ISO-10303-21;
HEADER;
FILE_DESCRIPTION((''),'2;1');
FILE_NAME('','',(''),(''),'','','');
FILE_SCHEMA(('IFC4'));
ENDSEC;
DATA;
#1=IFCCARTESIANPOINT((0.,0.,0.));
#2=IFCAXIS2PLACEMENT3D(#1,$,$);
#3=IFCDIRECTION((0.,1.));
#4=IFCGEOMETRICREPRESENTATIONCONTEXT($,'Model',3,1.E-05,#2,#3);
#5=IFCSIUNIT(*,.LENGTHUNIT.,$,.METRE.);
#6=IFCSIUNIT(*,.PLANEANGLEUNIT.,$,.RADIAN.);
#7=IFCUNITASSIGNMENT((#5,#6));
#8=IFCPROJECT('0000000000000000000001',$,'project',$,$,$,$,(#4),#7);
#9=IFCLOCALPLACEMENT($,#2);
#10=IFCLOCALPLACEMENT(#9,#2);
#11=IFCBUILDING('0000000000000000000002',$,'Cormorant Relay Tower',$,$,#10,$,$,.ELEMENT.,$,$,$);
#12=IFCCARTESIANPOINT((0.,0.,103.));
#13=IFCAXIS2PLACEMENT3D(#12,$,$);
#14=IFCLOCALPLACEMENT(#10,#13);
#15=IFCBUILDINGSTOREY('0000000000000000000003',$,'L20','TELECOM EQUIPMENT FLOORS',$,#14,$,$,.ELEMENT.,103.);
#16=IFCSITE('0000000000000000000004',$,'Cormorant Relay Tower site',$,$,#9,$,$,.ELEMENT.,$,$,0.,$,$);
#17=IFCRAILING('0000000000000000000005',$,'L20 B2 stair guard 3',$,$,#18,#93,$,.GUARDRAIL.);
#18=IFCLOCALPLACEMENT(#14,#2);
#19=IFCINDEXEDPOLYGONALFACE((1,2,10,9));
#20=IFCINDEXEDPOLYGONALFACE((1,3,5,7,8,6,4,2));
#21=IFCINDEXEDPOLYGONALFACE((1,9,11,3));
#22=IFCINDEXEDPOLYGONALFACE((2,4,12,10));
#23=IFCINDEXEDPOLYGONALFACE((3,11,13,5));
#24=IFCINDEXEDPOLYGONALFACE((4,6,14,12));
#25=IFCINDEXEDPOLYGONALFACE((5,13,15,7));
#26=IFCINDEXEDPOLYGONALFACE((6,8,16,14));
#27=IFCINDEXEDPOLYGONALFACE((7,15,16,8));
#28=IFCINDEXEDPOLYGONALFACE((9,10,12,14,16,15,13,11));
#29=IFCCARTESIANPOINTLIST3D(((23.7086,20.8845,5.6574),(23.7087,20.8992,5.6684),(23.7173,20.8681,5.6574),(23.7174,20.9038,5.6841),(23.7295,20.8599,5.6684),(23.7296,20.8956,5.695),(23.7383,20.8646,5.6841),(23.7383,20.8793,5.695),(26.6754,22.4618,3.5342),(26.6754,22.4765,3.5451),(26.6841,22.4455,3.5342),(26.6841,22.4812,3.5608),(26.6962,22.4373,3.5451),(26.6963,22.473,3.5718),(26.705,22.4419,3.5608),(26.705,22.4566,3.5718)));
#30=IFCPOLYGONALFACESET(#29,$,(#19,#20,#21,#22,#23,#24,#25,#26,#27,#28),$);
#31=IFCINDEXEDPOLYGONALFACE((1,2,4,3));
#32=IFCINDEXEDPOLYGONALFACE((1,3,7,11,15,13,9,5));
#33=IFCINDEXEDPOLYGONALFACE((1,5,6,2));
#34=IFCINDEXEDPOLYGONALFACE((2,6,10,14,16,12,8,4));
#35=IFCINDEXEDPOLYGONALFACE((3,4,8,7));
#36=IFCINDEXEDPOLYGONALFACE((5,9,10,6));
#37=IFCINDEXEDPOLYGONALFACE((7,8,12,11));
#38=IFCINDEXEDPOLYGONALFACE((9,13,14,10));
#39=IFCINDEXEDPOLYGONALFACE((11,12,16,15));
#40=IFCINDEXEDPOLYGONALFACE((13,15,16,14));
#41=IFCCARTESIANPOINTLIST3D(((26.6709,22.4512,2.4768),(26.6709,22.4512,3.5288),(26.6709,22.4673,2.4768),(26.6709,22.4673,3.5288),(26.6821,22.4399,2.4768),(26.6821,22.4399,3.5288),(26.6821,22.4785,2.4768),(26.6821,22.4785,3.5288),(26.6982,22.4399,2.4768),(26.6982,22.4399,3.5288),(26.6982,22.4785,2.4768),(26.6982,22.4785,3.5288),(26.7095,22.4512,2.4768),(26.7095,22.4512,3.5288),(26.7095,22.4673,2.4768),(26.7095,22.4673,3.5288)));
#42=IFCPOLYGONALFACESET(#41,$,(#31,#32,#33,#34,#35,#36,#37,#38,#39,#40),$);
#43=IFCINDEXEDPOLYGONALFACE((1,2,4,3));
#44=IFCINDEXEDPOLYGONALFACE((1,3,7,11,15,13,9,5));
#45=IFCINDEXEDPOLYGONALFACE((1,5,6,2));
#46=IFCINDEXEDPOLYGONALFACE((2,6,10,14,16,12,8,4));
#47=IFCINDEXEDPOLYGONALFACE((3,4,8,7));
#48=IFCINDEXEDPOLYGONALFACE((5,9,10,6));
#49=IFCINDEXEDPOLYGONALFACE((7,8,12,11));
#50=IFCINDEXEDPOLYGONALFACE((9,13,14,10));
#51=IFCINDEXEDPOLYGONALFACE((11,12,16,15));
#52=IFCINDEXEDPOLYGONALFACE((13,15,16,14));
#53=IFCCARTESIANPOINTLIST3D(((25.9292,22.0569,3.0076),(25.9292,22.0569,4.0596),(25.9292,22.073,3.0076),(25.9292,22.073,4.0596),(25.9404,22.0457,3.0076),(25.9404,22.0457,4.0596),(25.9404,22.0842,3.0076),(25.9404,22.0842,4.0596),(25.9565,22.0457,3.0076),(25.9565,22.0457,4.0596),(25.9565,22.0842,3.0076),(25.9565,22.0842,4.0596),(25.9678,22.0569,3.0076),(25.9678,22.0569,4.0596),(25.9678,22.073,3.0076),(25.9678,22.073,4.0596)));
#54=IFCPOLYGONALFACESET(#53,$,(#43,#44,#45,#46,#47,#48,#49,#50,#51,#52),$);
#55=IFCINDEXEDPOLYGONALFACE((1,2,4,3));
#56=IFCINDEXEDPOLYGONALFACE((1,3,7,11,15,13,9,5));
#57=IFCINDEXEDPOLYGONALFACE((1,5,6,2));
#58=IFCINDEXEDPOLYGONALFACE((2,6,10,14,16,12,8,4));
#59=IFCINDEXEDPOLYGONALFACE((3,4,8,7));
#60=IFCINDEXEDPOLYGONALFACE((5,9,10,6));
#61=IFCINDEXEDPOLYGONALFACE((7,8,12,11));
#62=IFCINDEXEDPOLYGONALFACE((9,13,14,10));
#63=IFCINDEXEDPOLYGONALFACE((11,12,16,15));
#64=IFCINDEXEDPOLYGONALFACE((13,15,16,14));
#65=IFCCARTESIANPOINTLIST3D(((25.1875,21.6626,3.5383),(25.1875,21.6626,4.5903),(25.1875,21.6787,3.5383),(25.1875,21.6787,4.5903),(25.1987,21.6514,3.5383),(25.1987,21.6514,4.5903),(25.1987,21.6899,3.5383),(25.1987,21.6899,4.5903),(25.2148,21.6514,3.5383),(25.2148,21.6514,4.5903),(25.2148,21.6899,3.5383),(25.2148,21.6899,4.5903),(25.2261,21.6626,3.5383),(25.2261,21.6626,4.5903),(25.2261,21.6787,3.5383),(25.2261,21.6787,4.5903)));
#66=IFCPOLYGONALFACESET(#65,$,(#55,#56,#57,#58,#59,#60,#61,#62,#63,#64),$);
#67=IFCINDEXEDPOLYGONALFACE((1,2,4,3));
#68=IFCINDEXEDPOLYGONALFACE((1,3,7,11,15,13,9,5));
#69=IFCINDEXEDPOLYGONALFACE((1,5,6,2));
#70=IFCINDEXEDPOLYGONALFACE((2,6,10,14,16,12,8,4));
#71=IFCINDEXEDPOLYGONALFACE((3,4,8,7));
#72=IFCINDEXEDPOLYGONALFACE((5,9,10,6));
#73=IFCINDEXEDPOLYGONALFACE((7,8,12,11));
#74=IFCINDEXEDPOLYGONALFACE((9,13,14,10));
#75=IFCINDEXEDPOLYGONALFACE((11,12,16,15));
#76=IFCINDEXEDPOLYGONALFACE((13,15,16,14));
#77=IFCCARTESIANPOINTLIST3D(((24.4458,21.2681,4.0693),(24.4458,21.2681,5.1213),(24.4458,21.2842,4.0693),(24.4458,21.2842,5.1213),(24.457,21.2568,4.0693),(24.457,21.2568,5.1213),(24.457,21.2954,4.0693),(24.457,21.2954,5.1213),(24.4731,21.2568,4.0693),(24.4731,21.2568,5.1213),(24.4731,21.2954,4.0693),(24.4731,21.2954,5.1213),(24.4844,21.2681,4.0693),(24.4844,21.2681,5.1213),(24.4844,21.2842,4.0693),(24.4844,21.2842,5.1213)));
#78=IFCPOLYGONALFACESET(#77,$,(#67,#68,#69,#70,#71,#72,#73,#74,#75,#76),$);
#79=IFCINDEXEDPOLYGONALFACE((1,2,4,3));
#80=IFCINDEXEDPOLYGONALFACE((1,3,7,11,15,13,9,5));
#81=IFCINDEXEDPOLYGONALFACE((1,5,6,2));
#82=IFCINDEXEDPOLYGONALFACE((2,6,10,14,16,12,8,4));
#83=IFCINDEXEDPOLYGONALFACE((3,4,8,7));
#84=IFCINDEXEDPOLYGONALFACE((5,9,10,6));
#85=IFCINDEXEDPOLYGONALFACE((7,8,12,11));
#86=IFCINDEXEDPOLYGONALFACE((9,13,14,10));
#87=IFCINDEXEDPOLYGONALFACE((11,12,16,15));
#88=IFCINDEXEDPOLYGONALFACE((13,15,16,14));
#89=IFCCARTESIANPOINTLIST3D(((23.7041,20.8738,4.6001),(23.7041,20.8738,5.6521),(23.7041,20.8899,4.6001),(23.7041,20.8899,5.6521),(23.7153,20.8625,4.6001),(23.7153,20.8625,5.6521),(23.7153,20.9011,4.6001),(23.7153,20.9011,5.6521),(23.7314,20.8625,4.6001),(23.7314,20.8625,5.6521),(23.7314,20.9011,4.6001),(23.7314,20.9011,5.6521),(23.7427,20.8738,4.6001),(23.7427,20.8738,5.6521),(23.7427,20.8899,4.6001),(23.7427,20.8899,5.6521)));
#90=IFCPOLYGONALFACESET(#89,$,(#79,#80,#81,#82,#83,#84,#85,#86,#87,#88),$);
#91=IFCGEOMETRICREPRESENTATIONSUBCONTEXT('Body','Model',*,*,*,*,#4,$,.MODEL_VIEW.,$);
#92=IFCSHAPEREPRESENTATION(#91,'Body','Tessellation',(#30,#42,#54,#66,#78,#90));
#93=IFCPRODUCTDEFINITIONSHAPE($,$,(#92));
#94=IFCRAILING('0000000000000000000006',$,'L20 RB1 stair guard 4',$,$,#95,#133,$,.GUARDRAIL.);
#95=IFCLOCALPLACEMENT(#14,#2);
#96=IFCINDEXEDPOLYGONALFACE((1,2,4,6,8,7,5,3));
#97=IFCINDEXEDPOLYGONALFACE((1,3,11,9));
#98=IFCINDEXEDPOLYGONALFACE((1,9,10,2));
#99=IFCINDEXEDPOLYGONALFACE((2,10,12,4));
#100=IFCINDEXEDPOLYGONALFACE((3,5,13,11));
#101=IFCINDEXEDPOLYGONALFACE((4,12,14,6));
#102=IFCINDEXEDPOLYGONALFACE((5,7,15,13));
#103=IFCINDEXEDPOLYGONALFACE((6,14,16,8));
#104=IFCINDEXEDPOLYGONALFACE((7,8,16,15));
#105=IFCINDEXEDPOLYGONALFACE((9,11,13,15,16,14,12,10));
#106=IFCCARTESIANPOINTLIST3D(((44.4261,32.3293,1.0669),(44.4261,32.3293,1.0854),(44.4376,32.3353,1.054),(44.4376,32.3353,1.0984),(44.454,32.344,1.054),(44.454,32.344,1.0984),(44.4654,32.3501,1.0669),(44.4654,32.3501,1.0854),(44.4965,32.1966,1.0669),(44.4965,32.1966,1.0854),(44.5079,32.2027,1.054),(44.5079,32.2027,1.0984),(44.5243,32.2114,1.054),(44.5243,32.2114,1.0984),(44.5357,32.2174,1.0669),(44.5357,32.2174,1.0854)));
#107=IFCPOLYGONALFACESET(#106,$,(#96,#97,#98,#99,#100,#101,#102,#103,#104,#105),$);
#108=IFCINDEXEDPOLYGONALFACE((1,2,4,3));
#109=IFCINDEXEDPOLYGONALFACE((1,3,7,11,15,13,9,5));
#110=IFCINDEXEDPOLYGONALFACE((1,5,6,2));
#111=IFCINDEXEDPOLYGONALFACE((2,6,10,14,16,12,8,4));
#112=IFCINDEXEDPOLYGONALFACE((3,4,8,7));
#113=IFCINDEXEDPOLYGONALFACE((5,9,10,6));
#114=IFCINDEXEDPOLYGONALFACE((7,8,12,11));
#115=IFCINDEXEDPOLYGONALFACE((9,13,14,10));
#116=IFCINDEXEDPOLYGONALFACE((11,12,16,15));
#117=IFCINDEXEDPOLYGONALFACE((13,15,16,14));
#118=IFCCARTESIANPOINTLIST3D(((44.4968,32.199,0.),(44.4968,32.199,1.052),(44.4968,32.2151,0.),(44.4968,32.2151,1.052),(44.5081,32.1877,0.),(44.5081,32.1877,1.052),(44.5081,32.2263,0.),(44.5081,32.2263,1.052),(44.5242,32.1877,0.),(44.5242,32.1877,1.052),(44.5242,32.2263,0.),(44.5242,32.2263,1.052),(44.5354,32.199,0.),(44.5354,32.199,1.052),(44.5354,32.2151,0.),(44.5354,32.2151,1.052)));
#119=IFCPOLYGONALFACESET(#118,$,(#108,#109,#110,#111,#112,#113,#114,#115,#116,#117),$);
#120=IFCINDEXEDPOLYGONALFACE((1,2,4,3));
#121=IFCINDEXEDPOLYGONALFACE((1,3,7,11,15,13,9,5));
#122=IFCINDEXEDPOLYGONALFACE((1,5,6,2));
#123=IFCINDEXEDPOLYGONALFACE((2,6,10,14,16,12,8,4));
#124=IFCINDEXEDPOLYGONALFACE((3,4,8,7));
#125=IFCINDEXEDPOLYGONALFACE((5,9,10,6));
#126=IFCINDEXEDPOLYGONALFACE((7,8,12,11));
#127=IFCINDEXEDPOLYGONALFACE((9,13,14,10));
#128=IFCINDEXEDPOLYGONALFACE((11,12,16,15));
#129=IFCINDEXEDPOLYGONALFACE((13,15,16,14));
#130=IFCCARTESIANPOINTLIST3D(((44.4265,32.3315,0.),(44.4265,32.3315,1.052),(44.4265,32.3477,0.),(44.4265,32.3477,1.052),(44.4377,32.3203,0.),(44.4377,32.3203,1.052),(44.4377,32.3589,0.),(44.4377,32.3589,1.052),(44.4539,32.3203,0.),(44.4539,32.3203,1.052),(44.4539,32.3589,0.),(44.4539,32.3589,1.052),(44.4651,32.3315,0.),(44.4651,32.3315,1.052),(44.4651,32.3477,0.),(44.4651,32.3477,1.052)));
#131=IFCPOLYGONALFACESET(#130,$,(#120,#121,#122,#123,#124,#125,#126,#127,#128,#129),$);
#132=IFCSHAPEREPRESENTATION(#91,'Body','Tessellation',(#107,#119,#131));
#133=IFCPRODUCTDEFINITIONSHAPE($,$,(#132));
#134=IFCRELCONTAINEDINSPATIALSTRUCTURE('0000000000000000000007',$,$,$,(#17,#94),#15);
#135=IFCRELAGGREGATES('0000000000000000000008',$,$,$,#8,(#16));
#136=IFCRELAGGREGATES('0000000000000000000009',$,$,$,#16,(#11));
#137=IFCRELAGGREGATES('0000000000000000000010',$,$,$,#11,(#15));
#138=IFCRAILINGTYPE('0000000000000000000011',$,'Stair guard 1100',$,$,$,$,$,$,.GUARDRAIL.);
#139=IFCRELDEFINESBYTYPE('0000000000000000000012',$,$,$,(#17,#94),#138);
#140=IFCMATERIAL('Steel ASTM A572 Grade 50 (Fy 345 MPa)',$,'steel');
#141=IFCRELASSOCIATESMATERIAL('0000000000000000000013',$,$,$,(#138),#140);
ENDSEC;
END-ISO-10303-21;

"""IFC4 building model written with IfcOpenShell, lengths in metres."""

from ifc_helpers import new_model, si_unit, direction, frame, origin, place, context, subcontext, project, spatial, polyline, outline, extrude, material, type_object, element, save


model = new_model("IFC4")

# Units and contexts
model_context = context("Model", 3, precision=1e-05, world=origin(), true_north=direction((0.0, 1.0)))
body_context = subcontext(model_context, "Body", "Model", "MODEL_VIEW")
ifc_project = project(units=[si_unit("LENGTHUNIT", "METRE"), si_unit("PLANEANGLEUNIT", "RADIAN")], contexts=[model_context])

# Site, building, storey
site_placement = place(None, origin())
site = spatial("IfcSite", under=ifc_project, at=site_placement, Name="Cormorant Relay Tower site", CompositionType="ELEMENT", RefElevation=0.0)
building_placement = place(site_placement, origin())
building = spatial("IfcBuilding", under=site, at=building_placement, Name="Cormorant Relay Tower", CompositionType="ELEMENT")
storey_placement = place(building_placement, frame((0.0, 0.0, 103.0)))
storey = spatial("IfcBuildingStorey", under=building, at=storey_placement, Name="L20", Description="TELECOM EQUIPMENT FLOORS", CompositionType="ELEMENT", Elevation=103.0)

# Railings
ifc_material_1 = material(Name="Steel ASTM A572 Grade 50 (Fy 345 MPa)", Category="steel")
railing_type = type_object("IfcRailingType", Name="Stair guard 1100", PredefinedType="GUARDRAIL", material=ifc_material_1)
railing_1_placement = place(storey_placement, frame((26.6902, 22.4592, 2.4768)))
element("IfcRailing", 1, at=railing_1_placement, inside=storey, type_object=railing_type, Name="L20 B2 stair guard 3", PredefinedType="GUARDRAIL", context=body_context, shape_type="SweptSolid", body=[
    extrude(outline(polyline([(0.0222, 0.0093), (0.0093, 0.0222), (-0.0093, 0.0222), (-0.0222, 0.0093), (-0.0222, -0.0093), (-0.0093, -0.0222), (0.0093, -0.0222), (0.0222, -0.0093), (0.0222, 0.0093)])), frame((0.0, 0.0, 1.0762), z_axis=(-0.746416, -0.396856, 0.534199), x_axis=(0.469453, -0.882958, 0.0)), (0.0, 0.0, 1.0), 3.9746),
    extrude(outline(polyline([(0.0193, 0.0081), (0.0081, 0.0193), (-0.0081, 0.0193), (-0.0193, 0.0081), (-0.0193, -0.0081), (-0.0081, -0.0193), (0.0081, -0.0193), (0.0193, -0.0081), (0.0193, 0.0081)])), origin(), (0.0, 0.0, 1.0), 1.052),
    extrude(outline(polyline([(0.0193, 0.0081), (0.0081, 0.0193), (-0.0081, 0.0193), (-0.0193, 0.0081), (-0.0193, -0.0081), (-0.0081, -0.0193), (0.0081, -0.0193), (0.0193, -0.0081), (0.0193, 0.0081)])), frame((-0.7417, -0.3943, 0.5308)), (0.0, 0.0, 1.0), 1.052),
    extrude(outline(polyline([(0.0193, 0.0081), (0.0081, 0.0193), (-0.0081, 0.0193), (-0.0193, 0.0081), (-0.0193, -0.0081), (-0.0081, -0.0193), (0.0081, -0.0193), (0.0193, -0.0081), (0.0193, 0.0081)])), frame((-1.4834, -0.7886, 1.0615)), (0.0, 0.0, 1.0), 1.052),
    extrude(outline(polyline([(0.0193, 0.0081), (0.0081, 0.0193), (-0.0081, 0.0193), (-0.0193, 0.0081), (-0.0193, -0.0081), (-0.0081, -0.0193), (0.0081, -0.0193), (0.0193, -0.0081), (0.0193, 0.0081)])), frame((-2.2251, -1.1831, 1.5925)), (0.0, 0.0, 1.0), 1.052),
    extrude(outline(polyline([(0.0193, 0.0081), (0.0081, 0.0193), (-0.0081, 0.0193), (-0.0193, 0.0081), (-0.0193, -0.0081), (-0.0081, -0.0193), (0.0081, -0.0193), (0.0193, -0.0081), (0.0193, 0.0081)])), frame((-2.9668, -1.5774, 2.1233)), (0.0, 0.0, 1.0), 1.052),
])
railing_2_placement = place(storey_placement, frame((44.5161, 32.207, 0.0)))
element("IfcRailing", 2, at=railing_2_placement, inside=storey, type_object=railing_type, Name="L20 RB1 stair guard 4", PredefinedType="GUARDRAIL", context=body_context, shape_type="SweptSolid", body=[
    extrude(outline(polyline([(0.0222, 0.0093), (0.0093, 0.0222), (-0.0093, 0.0222), (-0.0222, 0.0093), (-0.0222, -0.0093), (-0.0093, -0.0222), (0.0093, -0.0222), (0.0222, -0.0093), (0.0222, 0.0093)])), frame((0.0, 0.0, 1.0762), z_axis=(-0.46856, 0.883431, 0.0), x_axis=(-0.883431, -0.46856, 0.0)), (0.0, 0.0, 1.0), 0.1501),
    extrude(outline(polyline([(0.0193, 0.0081), (0.0081, 0.0193), (-0.0081, 0.0193), (-0.0193, 0.0081), (-0.0193, -0.0081), (-0.0081, -0.0193), (0.0081, -0.0193), (0.0193, -0.0081), (0.0193, 0.0081)])), origin(), (0.0, 0.0, 1.0), 1.052),
    extrude(outline(polyline([(0.0193, 0.0081), (0.0081, 0.0193), (-0.0081, 0.0193), (-0.0193, 0.0081), (-0.0193, -0.0081), (-0.0081, -0.0193), (0.0081, -0.0193), (0.0193, -0.0081), (0.0193, 0.0081)])), frame((-0.0703, 0.1326, 0.0)), (0.0, 0.0, 1.0), 1.052),
])

save(model, "model.ifc")
